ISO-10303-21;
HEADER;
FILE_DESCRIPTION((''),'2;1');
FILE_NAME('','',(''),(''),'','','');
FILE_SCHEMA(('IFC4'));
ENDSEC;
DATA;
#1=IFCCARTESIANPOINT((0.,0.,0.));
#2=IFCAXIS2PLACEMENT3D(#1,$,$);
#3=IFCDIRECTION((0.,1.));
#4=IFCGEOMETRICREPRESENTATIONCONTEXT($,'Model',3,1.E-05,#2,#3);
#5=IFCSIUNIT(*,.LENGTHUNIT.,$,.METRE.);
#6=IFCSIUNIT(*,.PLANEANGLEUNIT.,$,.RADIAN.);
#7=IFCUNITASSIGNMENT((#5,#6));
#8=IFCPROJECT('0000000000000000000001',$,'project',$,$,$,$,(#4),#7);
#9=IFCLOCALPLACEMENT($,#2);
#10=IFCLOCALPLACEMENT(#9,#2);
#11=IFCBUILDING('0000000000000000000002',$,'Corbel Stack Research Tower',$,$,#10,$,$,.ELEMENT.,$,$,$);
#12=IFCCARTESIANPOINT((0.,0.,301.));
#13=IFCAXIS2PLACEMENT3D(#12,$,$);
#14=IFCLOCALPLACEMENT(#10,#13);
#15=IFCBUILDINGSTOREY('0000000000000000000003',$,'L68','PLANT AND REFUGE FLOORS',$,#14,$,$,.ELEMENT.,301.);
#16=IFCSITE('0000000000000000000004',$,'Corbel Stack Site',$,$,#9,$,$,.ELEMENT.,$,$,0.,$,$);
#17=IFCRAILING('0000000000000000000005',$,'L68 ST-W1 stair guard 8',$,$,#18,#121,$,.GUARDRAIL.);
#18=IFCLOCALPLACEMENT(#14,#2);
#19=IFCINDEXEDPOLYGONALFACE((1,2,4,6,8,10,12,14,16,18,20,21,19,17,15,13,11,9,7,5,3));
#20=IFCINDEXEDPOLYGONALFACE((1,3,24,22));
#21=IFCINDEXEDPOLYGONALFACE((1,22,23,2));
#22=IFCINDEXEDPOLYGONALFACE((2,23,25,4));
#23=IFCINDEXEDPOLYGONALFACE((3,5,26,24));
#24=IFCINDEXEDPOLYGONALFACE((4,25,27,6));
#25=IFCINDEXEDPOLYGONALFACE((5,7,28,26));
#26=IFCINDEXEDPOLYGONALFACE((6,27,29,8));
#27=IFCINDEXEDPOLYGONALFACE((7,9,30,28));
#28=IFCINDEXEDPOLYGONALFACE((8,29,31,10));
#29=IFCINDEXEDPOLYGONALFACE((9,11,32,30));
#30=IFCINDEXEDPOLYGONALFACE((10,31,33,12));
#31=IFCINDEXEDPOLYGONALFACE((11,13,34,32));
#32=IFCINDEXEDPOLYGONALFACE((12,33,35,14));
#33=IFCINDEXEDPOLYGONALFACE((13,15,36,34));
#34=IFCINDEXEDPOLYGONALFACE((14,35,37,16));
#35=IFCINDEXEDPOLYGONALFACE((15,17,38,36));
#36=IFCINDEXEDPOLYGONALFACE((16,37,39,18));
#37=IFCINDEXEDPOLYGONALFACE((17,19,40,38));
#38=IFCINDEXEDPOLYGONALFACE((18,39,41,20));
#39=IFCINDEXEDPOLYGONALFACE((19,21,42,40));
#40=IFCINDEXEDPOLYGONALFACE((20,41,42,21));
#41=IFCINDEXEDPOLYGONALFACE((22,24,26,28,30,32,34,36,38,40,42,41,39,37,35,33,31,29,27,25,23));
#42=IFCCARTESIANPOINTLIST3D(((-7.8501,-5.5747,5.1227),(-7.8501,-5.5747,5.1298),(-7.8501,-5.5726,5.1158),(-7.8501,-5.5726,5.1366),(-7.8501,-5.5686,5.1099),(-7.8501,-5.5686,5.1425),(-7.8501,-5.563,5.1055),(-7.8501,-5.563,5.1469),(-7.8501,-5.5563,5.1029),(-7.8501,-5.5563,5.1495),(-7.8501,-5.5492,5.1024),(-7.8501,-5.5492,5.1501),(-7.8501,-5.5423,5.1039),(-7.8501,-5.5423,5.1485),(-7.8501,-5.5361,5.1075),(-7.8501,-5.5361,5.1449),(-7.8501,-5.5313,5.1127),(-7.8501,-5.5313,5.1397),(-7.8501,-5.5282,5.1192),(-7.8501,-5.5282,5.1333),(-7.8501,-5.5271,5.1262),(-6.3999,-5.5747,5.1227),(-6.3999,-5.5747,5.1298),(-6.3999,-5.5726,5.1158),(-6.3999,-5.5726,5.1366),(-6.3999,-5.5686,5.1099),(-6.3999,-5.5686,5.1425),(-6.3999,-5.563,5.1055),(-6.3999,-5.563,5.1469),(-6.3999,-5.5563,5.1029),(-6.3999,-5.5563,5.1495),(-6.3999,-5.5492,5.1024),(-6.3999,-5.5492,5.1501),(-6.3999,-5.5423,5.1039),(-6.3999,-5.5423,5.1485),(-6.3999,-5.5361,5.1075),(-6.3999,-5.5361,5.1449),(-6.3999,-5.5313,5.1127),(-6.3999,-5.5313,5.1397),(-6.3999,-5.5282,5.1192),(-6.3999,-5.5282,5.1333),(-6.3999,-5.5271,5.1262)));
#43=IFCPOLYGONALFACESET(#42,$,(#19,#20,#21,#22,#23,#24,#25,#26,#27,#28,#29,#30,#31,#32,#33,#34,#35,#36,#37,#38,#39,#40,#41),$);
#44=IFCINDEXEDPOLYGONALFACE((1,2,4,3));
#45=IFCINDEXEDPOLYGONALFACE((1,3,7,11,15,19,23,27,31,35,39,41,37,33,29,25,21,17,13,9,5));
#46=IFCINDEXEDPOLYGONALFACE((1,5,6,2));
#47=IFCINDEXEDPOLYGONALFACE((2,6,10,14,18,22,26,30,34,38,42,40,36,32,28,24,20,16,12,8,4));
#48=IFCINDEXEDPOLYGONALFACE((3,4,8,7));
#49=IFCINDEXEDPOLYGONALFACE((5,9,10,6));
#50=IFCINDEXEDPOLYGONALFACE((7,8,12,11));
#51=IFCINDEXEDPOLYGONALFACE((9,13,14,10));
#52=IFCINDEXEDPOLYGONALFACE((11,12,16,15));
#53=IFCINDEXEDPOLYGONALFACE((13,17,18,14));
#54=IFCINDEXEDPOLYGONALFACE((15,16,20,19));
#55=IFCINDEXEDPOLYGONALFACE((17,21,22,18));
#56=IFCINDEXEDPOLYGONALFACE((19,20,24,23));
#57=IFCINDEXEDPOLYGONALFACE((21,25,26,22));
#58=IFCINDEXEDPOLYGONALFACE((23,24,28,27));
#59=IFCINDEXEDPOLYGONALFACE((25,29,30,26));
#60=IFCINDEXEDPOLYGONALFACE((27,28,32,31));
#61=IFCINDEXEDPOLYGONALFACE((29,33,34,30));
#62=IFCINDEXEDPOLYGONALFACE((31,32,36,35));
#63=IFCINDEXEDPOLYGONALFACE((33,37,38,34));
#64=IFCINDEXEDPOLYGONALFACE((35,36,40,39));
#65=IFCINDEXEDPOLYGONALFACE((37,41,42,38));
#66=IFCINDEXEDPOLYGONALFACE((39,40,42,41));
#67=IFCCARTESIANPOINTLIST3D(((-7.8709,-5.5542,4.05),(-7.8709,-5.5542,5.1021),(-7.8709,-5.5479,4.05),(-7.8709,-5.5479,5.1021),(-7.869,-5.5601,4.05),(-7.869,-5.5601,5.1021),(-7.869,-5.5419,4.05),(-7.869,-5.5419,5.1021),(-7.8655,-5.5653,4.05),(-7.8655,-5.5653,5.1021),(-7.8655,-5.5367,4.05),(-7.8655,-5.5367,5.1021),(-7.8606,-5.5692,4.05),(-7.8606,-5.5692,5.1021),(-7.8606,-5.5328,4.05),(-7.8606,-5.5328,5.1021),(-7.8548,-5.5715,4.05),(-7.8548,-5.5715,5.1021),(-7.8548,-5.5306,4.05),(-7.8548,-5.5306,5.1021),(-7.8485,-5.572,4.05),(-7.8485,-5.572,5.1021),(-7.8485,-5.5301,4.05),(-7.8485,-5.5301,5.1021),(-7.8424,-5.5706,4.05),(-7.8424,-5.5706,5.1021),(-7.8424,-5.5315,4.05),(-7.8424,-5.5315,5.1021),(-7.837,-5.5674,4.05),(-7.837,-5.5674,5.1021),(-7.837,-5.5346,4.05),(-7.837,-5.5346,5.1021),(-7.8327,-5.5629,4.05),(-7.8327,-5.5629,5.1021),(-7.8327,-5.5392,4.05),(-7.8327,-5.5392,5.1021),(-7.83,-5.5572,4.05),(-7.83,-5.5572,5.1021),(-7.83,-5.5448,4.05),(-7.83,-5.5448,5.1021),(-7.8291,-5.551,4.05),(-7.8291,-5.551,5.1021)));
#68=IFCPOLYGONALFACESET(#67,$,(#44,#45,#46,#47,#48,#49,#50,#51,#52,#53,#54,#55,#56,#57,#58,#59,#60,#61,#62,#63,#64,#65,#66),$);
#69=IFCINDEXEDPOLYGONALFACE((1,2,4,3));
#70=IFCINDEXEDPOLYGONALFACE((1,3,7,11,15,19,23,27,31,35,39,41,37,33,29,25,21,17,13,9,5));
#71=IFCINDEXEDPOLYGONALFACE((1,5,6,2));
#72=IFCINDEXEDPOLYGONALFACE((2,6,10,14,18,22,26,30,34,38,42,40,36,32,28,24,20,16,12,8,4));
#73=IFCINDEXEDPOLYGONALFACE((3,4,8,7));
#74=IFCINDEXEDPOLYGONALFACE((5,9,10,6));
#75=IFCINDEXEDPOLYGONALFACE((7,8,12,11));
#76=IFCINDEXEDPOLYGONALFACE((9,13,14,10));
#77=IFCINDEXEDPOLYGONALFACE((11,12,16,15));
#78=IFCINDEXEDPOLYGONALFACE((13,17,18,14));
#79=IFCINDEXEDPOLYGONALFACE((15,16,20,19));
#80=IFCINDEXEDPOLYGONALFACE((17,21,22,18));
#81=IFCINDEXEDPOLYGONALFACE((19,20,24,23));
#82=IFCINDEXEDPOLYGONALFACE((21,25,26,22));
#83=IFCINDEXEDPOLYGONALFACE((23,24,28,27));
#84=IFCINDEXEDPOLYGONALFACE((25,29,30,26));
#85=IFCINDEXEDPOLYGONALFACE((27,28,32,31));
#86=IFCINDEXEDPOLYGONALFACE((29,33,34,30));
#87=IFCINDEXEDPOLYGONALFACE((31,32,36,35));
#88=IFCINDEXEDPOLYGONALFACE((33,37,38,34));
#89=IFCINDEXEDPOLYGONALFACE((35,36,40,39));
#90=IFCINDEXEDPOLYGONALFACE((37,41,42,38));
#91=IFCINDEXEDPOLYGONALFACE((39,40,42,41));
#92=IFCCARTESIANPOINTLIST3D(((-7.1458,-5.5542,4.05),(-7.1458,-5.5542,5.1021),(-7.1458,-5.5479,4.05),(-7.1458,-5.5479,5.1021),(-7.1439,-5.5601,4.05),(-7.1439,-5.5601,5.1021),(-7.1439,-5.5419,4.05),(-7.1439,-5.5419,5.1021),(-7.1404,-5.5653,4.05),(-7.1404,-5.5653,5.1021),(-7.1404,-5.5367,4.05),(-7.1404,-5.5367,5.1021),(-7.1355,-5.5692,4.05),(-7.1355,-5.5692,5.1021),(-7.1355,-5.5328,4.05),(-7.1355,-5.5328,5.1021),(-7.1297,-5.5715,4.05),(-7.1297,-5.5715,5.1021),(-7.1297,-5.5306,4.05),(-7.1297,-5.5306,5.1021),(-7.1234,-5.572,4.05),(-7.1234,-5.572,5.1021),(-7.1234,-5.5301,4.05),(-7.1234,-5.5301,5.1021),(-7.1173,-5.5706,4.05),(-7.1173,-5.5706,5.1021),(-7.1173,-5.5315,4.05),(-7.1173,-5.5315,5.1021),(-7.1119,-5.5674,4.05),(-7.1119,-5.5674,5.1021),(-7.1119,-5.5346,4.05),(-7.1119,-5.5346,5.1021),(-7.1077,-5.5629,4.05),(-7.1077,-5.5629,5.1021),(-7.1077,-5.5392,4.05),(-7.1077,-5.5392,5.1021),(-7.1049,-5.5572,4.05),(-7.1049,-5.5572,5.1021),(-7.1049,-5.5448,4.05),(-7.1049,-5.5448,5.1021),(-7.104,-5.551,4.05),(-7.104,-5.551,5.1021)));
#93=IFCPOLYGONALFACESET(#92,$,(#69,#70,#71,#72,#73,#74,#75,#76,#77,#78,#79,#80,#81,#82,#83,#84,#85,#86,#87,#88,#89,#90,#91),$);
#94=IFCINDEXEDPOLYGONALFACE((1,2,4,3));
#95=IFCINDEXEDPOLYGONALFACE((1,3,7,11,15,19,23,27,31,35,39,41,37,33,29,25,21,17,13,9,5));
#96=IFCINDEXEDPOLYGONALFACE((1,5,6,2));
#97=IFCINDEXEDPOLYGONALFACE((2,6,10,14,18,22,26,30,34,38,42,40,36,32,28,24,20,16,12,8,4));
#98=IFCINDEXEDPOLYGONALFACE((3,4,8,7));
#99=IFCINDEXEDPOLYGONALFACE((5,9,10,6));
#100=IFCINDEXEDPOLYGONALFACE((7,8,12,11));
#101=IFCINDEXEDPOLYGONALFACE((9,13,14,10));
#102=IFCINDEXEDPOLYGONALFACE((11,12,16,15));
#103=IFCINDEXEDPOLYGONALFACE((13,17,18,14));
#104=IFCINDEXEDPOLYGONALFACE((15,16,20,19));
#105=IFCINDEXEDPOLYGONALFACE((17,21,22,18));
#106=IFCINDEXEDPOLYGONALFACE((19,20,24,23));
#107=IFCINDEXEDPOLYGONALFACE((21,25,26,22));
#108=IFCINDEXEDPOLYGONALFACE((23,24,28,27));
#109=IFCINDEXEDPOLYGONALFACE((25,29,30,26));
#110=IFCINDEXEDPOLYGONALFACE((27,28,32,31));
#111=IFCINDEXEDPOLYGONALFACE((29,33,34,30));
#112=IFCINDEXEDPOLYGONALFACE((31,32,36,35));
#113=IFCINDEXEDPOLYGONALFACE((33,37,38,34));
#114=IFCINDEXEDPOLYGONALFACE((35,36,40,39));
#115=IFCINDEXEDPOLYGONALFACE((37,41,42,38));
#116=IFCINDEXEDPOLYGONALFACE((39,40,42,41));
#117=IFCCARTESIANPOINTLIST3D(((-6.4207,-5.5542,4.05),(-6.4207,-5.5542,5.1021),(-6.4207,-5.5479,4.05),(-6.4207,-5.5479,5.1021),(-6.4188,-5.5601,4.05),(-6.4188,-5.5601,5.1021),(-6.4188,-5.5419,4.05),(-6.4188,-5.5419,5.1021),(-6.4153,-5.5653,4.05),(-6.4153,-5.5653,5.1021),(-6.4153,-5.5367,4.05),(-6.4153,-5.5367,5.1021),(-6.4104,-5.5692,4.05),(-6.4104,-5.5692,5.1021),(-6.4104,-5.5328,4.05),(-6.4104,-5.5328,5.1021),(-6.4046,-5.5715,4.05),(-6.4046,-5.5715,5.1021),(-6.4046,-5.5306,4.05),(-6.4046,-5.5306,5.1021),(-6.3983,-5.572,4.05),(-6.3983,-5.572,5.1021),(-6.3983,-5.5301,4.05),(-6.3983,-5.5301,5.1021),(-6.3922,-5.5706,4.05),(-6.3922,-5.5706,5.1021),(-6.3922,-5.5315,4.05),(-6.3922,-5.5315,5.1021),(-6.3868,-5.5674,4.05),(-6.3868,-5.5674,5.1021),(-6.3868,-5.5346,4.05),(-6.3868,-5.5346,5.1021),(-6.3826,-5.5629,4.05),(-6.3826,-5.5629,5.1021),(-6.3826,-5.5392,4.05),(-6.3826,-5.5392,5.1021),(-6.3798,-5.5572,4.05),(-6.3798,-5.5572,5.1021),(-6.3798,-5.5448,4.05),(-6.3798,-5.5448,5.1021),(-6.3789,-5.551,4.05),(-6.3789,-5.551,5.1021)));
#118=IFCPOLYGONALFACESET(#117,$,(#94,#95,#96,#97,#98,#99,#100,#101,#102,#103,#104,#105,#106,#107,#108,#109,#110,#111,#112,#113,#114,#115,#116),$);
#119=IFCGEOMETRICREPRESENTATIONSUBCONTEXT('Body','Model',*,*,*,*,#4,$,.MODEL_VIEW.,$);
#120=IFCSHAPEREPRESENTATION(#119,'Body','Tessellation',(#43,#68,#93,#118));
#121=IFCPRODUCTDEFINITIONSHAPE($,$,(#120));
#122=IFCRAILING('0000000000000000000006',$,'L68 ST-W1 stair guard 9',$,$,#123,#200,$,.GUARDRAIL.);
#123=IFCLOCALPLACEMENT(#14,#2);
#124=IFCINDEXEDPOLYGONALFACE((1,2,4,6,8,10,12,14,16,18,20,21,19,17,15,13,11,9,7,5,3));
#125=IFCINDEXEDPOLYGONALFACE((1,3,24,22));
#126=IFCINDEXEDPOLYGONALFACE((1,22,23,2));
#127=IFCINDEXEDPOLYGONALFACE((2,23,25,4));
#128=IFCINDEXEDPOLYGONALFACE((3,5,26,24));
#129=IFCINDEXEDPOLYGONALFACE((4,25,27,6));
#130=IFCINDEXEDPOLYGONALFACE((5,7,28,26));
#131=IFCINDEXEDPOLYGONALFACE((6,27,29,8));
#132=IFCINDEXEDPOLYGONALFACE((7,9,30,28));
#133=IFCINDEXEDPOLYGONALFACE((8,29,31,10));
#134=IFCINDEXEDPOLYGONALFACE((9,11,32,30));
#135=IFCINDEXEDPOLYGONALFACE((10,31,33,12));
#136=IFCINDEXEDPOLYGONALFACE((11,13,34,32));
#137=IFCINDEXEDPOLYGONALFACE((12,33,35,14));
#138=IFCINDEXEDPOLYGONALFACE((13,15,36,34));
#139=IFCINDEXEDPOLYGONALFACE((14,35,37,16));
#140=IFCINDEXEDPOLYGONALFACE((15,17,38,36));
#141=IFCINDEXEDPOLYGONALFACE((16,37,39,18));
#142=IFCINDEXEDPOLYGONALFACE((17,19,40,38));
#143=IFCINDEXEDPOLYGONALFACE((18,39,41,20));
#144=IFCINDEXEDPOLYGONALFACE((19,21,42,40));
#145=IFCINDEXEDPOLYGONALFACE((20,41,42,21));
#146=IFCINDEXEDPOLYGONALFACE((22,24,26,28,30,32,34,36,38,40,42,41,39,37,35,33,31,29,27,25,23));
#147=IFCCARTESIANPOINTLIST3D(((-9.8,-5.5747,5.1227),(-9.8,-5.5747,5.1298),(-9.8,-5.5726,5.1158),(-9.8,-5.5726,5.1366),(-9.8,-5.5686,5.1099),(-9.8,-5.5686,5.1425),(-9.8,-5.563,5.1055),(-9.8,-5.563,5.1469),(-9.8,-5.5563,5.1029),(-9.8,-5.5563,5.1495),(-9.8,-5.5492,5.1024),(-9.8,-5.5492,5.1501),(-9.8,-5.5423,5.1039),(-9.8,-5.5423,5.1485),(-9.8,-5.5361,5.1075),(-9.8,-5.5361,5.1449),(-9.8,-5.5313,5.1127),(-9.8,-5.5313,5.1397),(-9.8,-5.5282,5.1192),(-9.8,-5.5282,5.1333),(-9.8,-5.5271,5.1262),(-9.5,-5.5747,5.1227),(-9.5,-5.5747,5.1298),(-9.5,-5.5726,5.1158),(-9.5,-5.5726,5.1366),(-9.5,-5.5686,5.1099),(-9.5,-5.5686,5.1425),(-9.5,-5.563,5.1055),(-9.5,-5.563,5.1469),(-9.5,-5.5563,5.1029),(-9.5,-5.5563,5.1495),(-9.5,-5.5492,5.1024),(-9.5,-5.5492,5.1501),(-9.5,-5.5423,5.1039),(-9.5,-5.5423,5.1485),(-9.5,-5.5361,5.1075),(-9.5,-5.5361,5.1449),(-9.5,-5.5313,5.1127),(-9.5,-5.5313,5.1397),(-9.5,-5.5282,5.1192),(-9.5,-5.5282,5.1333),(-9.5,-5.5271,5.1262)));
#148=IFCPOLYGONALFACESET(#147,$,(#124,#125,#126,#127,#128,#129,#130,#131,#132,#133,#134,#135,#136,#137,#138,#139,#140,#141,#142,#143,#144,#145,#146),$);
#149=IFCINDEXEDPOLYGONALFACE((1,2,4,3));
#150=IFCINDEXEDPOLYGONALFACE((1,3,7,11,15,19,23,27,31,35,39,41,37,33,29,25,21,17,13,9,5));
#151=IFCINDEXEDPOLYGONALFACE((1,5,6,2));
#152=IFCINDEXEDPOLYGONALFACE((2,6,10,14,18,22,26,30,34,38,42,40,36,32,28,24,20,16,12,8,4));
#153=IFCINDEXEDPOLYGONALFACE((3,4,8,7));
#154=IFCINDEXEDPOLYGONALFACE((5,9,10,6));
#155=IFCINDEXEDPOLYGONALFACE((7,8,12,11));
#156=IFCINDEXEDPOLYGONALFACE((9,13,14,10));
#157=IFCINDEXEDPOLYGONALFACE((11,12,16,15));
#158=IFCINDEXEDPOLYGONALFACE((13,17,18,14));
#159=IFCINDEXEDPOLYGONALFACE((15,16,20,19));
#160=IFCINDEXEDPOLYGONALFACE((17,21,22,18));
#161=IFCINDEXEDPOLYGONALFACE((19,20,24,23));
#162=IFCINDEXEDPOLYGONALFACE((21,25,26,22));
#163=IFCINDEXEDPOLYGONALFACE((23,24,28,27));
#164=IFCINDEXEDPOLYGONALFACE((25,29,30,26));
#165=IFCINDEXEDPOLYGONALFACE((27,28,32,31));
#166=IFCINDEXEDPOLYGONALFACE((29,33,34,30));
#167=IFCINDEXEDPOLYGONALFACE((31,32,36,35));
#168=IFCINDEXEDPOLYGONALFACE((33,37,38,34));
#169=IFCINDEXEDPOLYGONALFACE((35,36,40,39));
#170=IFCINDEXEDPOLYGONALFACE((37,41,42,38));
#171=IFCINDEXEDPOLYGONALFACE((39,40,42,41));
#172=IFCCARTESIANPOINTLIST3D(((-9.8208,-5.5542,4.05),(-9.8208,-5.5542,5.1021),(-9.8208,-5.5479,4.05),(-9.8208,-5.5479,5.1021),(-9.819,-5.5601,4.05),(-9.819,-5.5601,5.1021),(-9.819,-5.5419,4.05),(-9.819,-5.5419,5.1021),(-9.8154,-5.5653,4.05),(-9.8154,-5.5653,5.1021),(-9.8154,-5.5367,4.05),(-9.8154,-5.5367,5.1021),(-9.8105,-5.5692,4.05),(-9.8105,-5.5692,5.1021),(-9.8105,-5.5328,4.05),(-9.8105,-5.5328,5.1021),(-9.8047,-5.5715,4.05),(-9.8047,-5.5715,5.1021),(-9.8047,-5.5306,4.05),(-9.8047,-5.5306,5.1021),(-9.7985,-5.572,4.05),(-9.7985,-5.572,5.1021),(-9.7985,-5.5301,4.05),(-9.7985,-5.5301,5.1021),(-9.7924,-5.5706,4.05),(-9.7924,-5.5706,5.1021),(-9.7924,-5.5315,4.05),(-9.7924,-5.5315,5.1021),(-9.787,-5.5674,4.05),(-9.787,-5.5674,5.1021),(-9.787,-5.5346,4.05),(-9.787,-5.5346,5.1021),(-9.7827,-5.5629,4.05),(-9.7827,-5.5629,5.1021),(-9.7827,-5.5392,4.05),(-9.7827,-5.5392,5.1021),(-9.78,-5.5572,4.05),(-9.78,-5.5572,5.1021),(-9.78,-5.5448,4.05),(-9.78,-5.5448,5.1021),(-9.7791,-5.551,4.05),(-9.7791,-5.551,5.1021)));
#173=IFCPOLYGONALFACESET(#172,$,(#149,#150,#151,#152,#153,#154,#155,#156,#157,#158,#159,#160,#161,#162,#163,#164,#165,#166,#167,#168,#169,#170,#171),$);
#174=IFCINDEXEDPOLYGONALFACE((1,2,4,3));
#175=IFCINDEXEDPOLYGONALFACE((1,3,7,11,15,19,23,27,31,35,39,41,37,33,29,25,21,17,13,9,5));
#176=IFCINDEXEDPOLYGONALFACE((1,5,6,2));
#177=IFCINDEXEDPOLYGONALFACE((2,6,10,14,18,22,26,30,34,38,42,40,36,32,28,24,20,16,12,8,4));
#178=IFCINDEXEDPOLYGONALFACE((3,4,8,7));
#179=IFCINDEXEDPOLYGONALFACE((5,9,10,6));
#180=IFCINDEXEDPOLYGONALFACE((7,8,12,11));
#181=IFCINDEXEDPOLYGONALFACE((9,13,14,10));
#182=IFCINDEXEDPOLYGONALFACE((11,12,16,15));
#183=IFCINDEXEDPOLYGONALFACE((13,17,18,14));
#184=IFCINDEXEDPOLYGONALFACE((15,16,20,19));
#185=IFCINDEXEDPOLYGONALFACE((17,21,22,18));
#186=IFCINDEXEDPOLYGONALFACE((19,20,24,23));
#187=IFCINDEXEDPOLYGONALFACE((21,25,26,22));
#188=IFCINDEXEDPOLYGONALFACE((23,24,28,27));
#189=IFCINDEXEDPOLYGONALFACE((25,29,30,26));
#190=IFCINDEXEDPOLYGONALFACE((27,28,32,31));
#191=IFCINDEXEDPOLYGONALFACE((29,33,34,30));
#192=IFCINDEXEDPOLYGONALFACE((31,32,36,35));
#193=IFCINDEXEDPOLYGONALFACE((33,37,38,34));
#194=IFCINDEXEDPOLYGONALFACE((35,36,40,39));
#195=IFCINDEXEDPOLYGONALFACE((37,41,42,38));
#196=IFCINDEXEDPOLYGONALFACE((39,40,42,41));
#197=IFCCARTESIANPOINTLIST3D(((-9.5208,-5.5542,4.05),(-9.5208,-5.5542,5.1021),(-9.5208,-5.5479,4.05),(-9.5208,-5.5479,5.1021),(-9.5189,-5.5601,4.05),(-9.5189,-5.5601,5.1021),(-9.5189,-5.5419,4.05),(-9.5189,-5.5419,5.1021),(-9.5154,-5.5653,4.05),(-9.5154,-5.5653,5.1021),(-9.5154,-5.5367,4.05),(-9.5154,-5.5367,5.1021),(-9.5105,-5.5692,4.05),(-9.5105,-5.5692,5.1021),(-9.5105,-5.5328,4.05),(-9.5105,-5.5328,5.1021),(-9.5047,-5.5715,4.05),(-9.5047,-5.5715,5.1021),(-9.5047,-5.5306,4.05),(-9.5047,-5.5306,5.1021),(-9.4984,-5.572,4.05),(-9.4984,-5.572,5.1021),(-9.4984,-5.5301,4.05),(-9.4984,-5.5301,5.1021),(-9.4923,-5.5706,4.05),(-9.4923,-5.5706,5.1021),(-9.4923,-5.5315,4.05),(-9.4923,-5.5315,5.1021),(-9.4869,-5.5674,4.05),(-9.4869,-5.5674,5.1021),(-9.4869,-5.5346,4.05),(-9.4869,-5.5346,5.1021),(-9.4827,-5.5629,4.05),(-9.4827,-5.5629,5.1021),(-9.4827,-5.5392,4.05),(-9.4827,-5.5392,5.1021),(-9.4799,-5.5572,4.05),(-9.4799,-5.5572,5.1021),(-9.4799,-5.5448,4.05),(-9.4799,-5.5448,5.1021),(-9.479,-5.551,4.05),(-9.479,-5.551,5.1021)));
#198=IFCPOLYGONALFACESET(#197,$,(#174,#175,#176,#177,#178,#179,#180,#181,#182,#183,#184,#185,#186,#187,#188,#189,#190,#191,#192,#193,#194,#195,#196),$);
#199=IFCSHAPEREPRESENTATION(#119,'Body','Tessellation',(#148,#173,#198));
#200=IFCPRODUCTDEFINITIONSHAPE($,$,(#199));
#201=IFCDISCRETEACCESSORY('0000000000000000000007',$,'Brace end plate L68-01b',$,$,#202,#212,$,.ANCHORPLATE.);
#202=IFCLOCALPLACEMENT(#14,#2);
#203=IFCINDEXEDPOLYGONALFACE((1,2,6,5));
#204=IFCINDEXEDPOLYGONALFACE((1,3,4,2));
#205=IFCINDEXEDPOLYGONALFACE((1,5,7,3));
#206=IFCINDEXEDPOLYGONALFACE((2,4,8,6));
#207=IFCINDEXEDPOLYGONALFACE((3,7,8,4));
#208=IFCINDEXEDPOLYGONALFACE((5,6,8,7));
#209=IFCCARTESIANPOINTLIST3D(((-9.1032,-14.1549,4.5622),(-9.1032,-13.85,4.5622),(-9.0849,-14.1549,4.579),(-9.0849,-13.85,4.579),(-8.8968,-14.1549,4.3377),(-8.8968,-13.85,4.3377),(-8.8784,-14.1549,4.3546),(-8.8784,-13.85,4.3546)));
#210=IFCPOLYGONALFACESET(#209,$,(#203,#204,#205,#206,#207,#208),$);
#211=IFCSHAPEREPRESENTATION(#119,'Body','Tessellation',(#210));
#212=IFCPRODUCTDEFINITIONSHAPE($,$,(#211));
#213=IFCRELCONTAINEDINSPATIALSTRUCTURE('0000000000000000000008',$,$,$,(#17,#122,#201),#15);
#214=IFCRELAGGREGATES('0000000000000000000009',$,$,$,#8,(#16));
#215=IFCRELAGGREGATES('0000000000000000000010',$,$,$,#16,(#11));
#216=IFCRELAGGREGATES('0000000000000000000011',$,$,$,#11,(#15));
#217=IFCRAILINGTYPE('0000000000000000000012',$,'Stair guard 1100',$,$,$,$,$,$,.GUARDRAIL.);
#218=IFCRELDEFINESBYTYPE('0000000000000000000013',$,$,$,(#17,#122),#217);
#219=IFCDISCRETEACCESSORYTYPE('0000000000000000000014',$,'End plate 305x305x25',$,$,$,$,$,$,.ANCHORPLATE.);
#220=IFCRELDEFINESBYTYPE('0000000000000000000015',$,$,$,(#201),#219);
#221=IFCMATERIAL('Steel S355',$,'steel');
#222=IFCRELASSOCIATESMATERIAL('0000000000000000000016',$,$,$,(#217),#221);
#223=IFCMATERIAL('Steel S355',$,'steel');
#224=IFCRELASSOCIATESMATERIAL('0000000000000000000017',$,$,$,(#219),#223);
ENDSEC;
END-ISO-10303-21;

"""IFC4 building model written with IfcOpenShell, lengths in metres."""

from ifc_helpers import new_model, si_unit, direction, frame, origin, origin_2d, place, context, subcontext, project, spatial, rectangle, circle, extrude, material, material_profile, profile_set, type_object, element, save


model = new_model("IFC4")

# Units and contexts
model_context = context("Model", 3, precision=1e-05, world=origin(), true_north=direction((0.0, 1.0)))
body_context = subcontext(model_context, "Body", "Model", "MODEL_VIEW")
ifc_project = project(units=[si_unit("LENGTHUNIT", "METRE"), si_unit("PLANEANGLEUNIT", "RADIAN")], contexts=[model_context])

# Site, building, storey
site_placement = place(None, origin())
site = spatial("IfcSite", under=ifc_project, at=site_placement, Name="Corbel Stack Site", CompositionType="ELEMENT", RefElevation=0.0)
building_placement = place(site_placement, origin())
building = spatial("IfcBuilding", under=site, at=building_placement, Name="Corbel Stack Research Tower", CompositionType="ELEMENT")
storey_placement = place(building_placement, frame((0.0, 0.0, 301.0)))
storey = spatial("IfcBuildingStorey", under=building, at=storey_placement, Name="L68", Description="PLANT AND REFUGE FLOORS", CompositionType="ELEMENT", Elevation=301.0)

# Railings
ifc_material_1 = material(Name="Steel S355", Category="steel")
railing_type = type_object("IfcRailingType", Name="Stair guard 1100", PredefinedType="GUARDRAIL", material=ifc_material_1)
railing_1_placement = place(storey_placement, frame((-7.8501, -5.551, 4.05)))
element("IfcRailing", 1, at=railing_1_placement, inside=storey, type_object=railing_type, Name="L68 ST-W1 stair guard 8", PredefinedType="GUARDRAIL", context=body_context, shape_type="SweptSolid", body=[
    extrude(circle(Radius=0.0239, at=origin_2d()), frame((0.0, 0.0, 1.0762), z_axis=(1.0, 0.0, 0.0), x_axis=(0.0, 1.0, 0.0)), (0.0, 0.0, 1.0), 1.4502),
    extrude(circle(Radius=0.021, at=origin_2d()), origin(), (0.0, 0.0, 1.0), 1.052),
    extrude(circle(Radius=0.021, at=origin_2d()), frame((0.7251, 0.0, 0.0)), (0.0, 0.0, 1.0), 1.052),
    extrude(circle(Radius=0.021, at=origin_2d()), frame((1.4502, 0.0, 0.0)), (0.0, 0.0, 1.0), 1.052),
])
railing_2_placement = place(storey_placement, frame((-9.8, -5.551, 4.05)))
element("IfcRailing", 2, at=railing_2_placement, inside=storey, type_object=railing_type, Name="L68 ST-W1 stair guard 9", PredefinedType="GUARDRAIL", context=body_context, shape_type="SweptSolid", body=[
    extrude(circle(Radius=0.0239, at=origin_2d()), frame((0.0, 0.0, 1.0762), z_axis=(1.0, 0.0, 0.0), x_axis=(0.0, 1.0, 0.0)), (0.0, 0.0, 1.0), 0.3),
    extrude(circle(Radius=0.021, at=origin_2d()), origin(), (0.0, 0.0, 1.0), 1.052),
    extrude(circle(Radius=0.021, at=origin_2d()), frame((0.3, 0.0, 0.0)), (0.0, 0.0, 1.0), 1.052),
])

# Discrete accessory
ifc_material_2 = material(Name="Steel S355", Category="steel")
ifc_material_profile_1 = material_profile(ifc_material_2, rectangle(XDim=0.3049, YDim=0.3049, at=origin_2d()), Name="End plate 305x305x25")
ifc_profile_set_1 = profile_set([ifc_material_profile_1], Name="Steel S355")
discrete_accessory_type = type_object("IfcDiscreteAccessoryType", Name="End plate 305x305x25", PredefinedType="ANCHORPLATE", material=ifc_profile_set_1)
for number, where, z_axis, x_axis, name in (
    (3, (-9.0, -14.0024, 4.45), (0.735931, 0.0, 0.677057), (0.0, 1.0, 0.0), "Brace end plate L68-01b"),
):
    element("IfcDiscreteAccessory", number, at=place(storey_placement, frame(where, z_axis=z_axis, x_axis=x_axis)), inside=storey, type_object=discrete_accessory_type, Name=name, PredefinedType="ANCHORPLATE", context=body_context, shape_type="SweptSolid", body=[
        extrude(rectangle(XDim=0.3049, YDim=0.3049, at=origin_2d()), origin(), (0.0, 0.0, 1.0), 0.0249),
    ])

save(model, "model.ifc")
